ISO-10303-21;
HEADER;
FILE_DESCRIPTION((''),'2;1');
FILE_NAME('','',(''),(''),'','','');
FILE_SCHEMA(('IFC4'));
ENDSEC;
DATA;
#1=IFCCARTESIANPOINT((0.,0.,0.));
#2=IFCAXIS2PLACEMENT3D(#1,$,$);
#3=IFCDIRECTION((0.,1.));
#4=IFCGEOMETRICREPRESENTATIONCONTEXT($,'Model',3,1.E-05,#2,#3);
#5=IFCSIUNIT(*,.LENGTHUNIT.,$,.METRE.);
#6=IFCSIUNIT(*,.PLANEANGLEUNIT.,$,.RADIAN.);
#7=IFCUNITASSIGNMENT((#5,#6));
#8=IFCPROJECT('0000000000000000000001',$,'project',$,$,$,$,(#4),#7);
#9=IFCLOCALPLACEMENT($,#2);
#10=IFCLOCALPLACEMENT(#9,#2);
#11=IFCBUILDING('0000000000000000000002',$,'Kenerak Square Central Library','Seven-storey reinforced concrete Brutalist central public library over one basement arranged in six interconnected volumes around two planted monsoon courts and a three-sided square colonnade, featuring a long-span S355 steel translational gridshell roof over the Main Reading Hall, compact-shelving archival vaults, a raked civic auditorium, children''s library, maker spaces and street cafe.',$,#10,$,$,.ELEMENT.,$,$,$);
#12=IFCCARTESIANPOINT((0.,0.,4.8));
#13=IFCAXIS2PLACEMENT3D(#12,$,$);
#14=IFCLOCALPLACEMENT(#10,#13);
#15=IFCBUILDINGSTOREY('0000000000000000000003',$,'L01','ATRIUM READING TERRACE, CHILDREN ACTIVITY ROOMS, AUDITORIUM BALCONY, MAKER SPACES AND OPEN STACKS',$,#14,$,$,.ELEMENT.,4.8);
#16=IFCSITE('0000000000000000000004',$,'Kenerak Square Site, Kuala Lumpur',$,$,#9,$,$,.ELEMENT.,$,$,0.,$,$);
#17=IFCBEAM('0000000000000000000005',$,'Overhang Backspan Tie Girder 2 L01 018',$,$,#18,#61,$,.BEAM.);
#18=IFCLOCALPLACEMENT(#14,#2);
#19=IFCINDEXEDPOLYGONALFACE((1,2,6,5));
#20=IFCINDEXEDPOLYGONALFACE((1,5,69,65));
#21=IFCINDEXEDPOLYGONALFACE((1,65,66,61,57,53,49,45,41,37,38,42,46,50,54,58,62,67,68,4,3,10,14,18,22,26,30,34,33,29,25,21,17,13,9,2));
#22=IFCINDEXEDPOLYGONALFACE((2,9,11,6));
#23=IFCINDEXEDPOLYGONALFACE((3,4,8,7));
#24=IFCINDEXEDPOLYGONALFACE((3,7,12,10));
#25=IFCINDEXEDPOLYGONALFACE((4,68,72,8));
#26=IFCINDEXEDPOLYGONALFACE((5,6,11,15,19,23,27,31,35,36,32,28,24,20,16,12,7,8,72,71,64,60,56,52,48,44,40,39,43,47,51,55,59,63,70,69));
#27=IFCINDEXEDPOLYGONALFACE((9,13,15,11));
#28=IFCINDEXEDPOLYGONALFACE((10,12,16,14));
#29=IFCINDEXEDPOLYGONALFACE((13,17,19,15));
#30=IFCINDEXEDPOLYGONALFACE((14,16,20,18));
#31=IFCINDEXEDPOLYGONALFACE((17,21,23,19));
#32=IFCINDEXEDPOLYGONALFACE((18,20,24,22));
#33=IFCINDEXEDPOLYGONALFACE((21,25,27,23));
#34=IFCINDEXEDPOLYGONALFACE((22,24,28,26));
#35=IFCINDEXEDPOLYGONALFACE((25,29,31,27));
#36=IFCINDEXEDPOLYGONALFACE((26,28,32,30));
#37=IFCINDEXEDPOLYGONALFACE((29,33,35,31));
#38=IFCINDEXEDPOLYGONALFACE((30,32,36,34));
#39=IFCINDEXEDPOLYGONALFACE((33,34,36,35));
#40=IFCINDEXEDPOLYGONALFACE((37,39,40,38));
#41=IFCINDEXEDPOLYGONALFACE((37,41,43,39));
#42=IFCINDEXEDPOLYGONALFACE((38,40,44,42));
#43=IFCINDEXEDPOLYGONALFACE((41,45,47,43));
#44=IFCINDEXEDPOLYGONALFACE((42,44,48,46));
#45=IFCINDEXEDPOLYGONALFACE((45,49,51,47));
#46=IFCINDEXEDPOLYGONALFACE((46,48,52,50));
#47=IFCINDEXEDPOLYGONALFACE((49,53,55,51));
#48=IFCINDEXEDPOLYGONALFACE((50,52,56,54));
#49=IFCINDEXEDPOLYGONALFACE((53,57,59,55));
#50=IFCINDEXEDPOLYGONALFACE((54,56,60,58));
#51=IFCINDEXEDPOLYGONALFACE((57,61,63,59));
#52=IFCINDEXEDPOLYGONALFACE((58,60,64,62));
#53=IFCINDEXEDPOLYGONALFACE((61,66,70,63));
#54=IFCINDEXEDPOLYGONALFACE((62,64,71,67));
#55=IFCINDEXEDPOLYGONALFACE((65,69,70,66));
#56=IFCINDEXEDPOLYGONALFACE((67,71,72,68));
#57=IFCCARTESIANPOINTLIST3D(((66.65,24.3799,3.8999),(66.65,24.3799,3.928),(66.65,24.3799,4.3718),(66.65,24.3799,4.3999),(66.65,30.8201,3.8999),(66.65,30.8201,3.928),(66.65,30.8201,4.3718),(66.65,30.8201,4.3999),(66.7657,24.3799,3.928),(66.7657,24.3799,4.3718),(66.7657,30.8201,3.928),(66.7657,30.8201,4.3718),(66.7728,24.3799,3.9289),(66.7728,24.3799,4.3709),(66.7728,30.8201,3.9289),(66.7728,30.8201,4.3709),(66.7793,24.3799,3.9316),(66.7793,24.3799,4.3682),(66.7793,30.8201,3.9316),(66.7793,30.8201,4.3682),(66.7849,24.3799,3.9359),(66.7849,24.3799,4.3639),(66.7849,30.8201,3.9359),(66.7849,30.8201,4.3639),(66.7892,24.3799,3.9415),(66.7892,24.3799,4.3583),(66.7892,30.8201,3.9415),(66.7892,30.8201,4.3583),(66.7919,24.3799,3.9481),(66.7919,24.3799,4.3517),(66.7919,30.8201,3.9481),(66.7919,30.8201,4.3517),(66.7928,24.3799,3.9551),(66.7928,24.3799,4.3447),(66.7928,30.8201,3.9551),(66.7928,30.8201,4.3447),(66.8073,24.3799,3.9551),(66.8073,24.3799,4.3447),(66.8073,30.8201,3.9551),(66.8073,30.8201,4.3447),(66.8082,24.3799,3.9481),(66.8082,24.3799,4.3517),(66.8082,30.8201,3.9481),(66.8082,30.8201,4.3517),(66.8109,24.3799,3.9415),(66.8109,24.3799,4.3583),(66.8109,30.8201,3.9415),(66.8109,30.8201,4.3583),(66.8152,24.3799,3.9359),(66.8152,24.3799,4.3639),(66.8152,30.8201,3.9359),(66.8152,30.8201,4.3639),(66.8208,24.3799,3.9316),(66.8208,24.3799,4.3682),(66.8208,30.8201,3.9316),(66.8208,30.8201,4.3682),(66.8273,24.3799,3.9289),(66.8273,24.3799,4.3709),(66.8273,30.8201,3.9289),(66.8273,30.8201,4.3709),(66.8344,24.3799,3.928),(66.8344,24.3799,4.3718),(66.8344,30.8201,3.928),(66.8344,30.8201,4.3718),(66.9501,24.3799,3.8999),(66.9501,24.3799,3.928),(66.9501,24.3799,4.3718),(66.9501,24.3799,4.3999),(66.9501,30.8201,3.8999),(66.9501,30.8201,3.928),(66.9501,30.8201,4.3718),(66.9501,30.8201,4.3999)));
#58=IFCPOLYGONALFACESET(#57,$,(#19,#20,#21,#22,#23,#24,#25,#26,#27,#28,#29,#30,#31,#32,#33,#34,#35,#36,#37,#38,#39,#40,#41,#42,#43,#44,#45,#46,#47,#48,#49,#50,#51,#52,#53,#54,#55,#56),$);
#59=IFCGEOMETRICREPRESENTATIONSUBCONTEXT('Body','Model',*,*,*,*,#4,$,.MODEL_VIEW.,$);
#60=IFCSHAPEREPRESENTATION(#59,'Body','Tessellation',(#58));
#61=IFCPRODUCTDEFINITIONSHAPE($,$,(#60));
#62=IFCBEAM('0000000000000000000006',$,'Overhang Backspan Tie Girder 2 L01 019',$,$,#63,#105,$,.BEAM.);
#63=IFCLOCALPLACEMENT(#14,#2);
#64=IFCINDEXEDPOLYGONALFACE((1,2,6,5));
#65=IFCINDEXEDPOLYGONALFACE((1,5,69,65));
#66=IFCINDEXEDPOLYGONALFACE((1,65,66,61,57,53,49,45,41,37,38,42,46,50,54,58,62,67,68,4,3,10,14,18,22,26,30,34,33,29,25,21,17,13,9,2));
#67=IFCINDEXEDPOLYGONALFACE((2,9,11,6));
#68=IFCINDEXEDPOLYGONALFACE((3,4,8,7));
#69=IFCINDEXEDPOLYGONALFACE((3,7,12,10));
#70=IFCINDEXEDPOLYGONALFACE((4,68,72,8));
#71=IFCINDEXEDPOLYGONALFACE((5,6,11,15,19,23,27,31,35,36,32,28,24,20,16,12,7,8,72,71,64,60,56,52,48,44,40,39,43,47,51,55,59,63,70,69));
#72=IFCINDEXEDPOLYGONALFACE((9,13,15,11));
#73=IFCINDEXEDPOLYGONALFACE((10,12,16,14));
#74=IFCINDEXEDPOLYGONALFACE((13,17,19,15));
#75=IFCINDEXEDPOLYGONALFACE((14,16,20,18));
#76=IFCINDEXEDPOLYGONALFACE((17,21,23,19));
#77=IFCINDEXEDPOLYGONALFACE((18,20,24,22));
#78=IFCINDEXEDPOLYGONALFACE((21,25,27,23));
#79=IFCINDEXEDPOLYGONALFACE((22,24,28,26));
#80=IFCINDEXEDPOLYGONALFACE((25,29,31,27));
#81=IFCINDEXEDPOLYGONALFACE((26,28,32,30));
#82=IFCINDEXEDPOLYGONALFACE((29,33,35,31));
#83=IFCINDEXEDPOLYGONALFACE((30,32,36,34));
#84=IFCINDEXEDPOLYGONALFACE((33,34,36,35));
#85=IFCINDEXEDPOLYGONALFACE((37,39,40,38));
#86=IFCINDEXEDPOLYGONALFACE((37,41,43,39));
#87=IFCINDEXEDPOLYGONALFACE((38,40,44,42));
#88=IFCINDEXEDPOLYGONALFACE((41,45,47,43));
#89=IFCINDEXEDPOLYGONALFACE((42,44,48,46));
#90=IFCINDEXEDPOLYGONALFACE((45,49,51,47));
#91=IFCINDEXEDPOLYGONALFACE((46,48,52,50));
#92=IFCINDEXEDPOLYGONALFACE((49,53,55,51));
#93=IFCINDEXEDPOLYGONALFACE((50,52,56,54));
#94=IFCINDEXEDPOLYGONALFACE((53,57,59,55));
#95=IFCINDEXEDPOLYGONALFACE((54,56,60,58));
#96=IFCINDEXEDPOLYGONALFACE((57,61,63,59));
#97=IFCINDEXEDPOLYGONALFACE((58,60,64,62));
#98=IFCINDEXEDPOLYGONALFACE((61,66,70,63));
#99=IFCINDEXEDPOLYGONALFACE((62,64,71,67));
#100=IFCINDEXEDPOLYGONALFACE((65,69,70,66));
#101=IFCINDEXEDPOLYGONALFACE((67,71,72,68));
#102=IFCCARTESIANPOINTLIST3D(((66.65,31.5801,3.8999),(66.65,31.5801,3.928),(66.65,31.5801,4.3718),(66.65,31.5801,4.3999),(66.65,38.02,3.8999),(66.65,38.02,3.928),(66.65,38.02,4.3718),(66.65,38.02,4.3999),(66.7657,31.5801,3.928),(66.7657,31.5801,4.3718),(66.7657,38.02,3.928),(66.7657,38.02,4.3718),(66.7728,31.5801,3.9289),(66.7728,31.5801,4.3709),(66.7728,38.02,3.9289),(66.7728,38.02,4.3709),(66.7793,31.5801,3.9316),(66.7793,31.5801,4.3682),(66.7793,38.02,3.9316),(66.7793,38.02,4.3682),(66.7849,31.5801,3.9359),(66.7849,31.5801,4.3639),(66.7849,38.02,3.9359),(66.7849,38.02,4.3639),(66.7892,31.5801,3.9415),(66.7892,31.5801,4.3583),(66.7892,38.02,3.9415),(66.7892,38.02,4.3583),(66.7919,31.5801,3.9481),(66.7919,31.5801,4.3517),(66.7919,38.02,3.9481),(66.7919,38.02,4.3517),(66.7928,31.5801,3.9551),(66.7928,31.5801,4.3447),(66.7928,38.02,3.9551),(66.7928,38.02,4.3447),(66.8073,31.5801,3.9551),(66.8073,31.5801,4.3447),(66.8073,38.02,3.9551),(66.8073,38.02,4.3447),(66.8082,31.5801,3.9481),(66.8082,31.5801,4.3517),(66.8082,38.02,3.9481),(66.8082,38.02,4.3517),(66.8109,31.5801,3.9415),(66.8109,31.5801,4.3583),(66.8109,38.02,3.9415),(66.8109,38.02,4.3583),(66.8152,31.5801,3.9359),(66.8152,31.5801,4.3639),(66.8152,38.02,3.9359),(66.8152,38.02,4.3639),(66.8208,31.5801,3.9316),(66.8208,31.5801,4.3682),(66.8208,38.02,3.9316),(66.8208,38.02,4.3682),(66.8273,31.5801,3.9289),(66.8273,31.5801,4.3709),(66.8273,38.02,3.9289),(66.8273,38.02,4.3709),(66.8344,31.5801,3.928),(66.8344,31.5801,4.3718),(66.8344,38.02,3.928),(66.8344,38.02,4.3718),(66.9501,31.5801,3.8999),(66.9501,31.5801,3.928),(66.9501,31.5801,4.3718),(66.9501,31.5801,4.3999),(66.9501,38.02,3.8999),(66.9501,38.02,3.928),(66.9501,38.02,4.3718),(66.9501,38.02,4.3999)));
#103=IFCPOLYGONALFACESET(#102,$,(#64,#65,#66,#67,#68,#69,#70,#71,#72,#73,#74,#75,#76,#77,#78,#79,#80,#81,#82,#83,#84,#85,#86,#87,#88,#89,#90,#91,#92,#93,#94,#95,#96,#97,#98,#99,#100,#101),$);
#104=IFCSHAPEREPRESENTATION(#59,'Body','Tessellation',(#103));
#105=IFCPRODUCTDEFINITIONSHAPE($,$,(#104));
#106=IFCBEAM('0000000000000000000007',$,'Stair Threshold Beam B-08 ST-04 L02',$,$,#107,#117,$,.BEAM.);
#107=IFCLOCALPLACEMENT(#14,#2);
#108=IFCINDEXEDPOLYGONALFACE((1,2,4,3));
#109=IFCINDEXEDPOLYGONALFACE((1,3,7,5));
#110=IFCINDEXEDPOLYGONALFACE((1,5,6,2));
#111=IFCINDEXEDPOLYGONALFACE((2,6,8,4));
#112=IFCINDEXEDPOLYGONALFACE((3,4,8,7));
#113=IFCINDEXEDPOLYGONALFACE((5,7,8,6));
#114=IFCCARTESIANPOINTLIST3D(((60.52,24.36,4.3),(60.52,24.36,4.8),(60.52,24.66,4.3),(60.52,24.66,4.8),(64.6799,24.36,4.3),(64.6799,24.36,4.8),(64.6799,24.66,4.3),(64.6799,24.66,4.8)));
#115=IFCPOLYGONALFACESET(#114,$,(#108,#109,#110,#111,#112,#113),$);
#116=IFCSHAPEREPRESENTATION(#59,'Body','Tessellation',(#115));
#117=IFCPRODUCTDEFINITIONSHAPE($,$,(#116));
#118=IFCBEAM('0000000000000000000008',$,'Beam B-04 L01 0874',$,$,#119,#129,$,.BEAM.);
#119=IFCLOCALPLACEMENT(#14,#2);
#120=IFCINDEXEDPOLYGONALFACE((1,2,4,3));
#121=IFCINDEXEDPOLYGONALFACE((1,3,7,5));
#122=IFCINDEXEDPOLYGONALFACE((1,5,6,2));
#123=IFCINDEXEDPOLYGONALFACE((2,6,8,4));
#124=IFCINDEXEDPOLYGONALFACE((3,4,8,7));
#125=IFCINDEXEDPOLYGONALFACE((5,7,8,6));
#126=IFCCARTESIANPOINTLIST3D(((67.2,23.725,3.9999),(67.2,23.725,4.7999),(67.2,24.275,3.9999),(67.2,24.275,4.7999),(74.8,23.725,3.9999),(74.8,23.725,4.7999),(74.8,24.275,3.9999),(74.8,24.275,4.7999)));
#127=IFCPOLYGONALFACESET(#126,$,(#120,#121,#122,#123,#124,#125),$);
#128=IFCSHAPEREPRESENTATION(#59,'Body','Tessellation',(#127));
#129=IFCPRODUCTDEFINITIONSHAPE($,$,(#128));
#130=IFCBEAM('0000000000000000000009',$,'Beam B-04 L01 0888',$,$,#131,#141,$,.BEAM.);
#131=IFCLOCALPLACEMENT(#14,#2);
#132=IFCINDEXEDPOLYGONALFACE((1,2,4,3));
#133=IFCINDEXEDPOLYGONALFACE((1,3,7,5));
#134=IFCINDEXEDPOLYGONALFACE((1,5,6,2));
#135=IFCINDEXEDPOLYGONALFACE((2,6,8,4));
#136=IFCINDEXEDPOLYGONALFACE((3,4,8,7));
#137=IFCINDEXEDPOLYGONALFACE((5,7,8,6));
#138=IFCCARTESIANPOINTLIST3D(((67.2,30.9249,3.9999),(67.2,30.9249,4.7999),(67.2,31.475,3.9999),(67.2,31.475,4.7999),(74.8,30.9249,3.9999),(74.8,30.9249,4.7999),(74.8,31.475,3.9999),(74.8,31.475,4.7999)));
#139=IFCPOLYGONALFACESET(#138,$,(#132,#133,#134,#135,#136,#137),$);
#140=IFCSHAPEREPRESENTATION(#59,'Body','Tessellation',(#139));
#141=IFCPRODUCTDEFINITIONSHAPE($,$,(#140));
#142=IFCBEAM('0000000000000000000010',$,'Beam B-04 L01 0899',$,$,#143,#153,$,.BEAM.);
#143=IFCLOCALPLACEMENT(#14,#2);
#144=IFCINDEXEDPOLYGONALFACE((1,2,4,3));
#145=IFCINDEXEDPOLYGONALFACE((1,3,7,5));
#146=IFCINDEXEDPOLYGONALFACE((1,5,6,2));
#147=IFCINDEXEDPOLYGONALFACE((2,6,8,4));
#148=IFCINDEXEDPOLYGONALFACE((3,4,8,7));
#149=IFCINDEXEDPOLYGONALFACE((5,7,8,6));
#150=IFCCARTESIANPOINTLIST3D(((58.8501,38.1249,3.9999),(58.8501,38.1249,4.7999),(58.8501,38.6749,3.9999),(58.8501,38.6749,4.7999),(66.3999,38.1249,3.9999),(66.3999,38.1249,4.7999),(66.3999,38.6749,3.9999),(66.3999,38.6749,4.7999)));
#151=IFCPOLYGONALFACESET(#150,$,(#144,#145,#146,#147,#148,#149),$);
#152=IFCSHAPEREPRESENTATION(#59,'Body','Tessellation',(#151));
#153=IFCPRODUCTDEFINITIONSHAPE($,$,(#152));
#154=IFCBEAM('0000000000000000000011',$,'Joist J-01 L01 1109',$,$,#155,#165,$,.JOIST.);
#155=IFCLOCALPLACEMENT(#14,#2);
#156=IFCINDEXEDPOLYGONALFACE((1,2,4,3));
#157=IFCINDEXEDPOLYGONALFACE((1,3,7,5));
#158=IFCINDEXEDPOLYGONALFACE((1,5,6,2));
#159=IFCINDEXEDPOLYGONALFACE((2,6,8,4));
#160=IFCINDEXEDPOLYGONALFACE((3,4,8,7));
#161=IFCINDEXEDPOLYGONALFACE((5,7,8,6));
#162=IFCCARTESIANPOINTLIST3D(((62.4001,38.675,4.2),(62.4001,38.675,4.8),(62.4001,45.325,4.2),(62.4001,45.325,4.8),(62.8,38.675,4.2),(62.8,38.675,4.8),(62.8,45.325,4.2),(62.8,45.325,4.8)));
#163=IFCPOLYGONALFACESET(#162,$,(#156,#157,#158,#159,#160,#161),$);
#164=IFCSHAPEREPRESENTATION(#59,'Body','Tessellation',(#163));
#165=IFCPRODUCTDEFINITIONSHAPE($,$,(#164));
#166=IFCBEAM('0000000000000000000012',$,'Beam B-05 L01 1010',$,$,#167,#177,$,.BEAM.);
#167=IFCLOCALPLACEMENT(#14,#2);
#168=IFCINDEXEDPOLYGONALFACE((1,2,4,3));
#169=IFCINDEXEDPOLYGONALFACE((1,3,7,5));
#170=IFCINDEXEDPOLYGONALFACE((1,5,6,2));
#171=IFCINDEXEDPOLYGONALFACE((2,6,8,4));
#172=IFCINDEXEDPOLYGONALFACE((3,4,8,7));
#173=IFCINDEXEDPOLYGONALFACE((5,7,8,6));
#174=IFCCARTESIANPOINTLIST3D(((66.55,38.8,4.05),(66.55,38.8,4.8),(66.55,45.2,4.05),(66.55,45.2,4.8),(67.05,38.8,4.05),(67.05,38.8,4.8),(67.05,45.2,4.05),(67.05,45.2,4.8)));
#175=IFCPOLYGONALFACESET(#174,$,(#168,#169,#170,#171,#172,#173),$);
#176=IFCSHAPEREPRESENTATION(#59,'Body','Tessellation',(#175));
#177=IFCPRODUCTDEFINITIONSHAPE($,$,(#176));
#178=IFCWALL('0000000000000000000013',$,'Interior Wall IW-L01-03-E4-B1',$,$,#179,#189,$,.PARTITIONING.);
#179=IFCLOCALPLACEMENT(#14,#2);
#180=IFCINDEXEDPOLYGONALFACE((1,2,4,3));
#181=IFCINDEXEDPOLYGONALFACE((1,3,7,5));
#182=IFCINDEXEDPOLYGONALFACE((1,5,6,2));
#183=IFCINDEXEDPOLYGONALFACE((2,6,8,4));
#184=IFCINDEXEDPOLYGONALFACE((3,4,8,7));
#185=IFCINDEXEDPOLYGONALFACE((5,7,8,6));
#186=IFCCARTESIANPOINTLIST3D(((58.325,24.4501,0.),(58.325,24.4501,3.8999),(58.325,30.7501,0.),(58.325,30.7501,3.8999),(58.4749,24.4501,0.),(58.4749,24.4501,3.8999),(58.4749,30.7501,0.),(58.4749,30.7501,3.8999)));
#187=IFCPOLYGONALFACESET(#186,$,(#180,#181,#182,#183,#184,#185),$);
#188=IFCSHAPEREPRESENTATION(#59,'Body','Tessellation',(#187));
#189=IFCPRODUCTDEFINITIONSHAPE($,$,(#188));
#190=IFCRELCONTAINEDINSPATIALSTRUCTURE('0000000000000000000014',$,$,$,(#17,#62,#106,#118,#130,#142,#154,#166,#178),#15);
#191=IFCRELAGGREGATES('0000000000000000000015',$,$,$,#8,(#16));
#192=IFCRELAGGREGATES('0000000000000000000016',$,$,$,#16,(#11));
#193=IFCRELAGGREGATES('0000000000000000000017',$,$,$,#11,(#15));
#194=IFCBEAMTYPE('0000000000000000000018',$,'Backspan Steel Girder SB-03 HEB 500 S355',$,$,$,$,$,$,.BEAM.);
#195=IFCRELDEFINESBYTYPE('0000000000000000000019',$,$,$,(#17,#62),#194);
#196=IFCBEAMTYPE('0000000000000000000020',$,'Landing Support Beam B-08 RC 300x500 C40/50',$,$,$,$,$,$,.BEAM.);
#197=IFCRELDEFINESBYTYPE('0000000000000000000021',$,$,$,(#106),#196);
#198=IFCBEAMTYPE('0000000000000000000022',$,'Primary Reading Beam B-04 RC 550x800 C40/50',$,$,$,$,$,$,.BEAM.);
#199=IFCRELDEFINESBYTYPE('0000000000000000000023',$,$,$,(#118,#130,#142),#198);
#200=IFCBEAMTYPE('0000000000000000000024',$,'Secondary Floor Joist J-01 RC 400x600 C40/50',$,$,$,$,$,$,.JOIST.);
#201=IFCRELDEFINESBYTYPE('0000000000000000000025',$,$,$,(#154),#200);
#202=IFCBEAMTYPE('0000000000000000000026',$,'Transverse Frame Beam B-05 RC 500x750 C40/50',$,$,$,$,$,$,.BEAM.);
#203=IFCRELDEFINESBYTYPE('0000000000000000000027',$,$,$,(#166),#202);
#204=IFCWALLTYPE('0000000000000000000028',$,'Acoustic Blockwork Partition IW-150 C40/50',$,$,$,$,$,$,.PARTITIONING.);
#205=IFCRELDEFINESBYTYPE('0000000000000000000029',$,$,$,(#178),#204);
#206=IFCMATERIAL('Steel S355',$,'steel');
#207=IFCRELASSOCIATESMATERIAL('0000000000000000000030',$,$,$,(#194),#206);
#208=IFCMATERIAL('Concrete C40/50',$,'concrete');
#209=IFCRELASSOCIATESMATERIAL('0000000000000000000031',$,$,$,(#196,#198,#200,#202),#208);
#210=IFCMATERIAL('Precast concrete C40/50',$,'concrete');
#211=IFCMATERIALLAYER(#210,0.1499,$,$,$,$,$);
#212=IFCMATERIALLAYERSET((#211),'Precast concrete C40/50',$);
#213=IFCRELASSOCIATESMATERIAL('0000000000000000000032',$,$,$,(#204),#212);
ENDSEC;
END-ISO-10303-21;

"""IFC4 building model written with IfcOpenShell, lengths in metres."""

from ifc_helpers import new_model, si_unit, direction, frame, frame_2d, origin, origin_2d, place, context, subcontext, project, spatial, rectangle, i_section, extrude, material, layer, layer_set, material_profile, profile_set, type_object, element, save


model = new_model("IFC4")

# Units and contexts
model_context = context("Model", 3, precision=1e-05, world=origin(), true_north=direction((0.0, 1.0)))
body_context = subcontext(model_context, "Body", "Model", "MODEL_VIEW")
ifc_project = project(units=[si_unit("LENGTHUNIT", "METRE"), si_unit("PLANEANGLEUNIT", "RADIAN")], contexts=[model_context])

# Site, building, storey
site_placement = place(None, origin())
site = spatial("IfcSite", under=ifc_project, at=site_placement, Name="Kenerak Square Site, Kuala Lumpur", CompositionType="ELEMENT", RefElevation=0.0)
building_placement = place(site_placement, origin())
building = spatial("IfcBuilding", under=site, at=building_placement, Name="Kenerak Square Central Library", Description="Seven-storey reinforced concrete Brutalist central public library over one basement arranged in six interconnected volumes around two planted monsoon courts and a three-sided square colonnade, featuring a long-span S355 steel translational gridshell roof over the Main Reading Hall, compact-shelving archival vaults, a raked civic auditorium, children's library, maker spaces and street cafe.", CompositionType="ELEMENT")
storey_placement = place(building_placement, frame((0.0, 0.0, 4.8)))
storey = spatial("IfcBuildingStorey", under=building, at=storey_placement, Name="L01", Description="ATRIUM READING TERRACE, CHILDREN ACTIVITY ROOMS, AUDITORIUM BALCONY, MAKER SPACES AND OPEN STACKS", CompositionType="ELEMENT", Elevation=4.8)

# Beams
ifc_material_1 = material(Name="Steel S355", Category="steel")
ifc_material_profile_1 = material_profile(ifc_material_1, i_section(OverallWidth=0.3, OverallDepth=0.5, WebThickness=0.0144, FlangeThickness=0.0281, FilletRadius=0.0271, at=origin_2d()), Name="HEB 500")
ifc_profile_set_1 = profile_set([ifc_material_profile_1], Name="Steel S355")
beam_type_1 = type_object("IfcBeamType", Name="Backspan Steel Girder SB-03 HEB 500 S355", PredefinedType="BEAM", material=ifc_profile_set_1)
beam_1_placement = place(storey_placement, frame((66.8, 24.3799, 4.1499), z_axis=(0.0, 1.0, 0.0), x_axis=(-1.0, 0.0, 0.0)))
element("IfcBeam", 1, at=beam_1_placement, inside=storey, type_object=beam_type_1, Name="Overhang Backspan Tie Girder 2 L01 018", PredefinedType="BEAM", context=body_context, shape_type="SweptSolid", body=[
    extrude(i_section(OverallWidth=0.3, OverallDepth=0.5, WebThickness=0.0144, FlangeThickness=0.0281, FilletRadius=0.0271, at=origin_2d()), origin(), (0.0, 0.0, 1.0), 6.4402),
])
beam_2_placement = place(storey_placement, frame((66.8, 31.5801, 4.1499), z_axis=(0.0, 1.0, 0.0), x_axis=(-1.0, 0.0, 0.0)))
element("IfcBeam", 2, at=beam_2_placement, inside=storey, type_object=beam_type_1, Name="Overhang Backspan Tie Girder 2 L01 019", PredefinedType="BEAM", context=body_context, shape_type="SweptSolid", body=[
    extrude(i_section(OverallWidth=0.3, OverallDepth=0.5, WebThickness=0.0144, FlangeThickness=0.0281, FilletRadius=0.0271, at=origin_2d()), origin(), (0.0, 0.0, 1.0), 6.4399),
])
ifc_material_2 = material(Name="Concrete C40/50", Category="concrete")
ifc_material_profile_2 = material_profile(ifc_material_2, rectangle(XDim=0.3, YDim=0.5, at=origin_2d()), Name="RC 300x500")
ifc_profile_set_2 = profile_set([ifc_material_profile_2], Name="Concrete C40/50")
beam_type_2 = type_object("IfcBeamType", Name="Landing Support Beam B-08 RC 300x500 C40/50", PredefinedType="BEAM", material=ifc_profile_set_2)
beam_3_placement = place(storey_placement, frame((60.52, 24.51, 4.55), z_axis=(1.0, 0.0, 0.0), x_axis=(0.0, 1.0, 0.0)))
element("IfcBeam", 3, at=beam_3_placement, inside=storey, type_object=beam_type_2, Name="Stair Threshold Beam B-08 ST-04 L02", PredefinedType="BEAM", context=body_context, shape_type="SweptSolid", body=[
    extrude(rectangle(XDim=0.3, YDim=0.5, at=origin_2d()), origin(), (0.0, 0.0, 1.0), 4.1599),
])
ifc_material_profile_3 = material_profile(ifc_material_2, rectangle(XDim=0.55, YDim=0.8, at=origin_2d()), Name="RC 550x800")
ifc_profile_set_3 = profile_set([ifc_material_profile_3], Name="Concrete C40/50")
beam_type_3 = type_object("IfcBeamType", Name="Primary Reading Beam B-04 RC 550x800 C40/50", PredefinedType="BEAM", material=ifc_profile_set_3)
for number, where, z_axis, x_axis, name in (
    (4, (67.2, 24.0, 4.3999), (1.0, 0.0, 0.0), (0.0, 1.0, 0.0), "Beam B-04 L01 0874"),
    (5, (67.2, 31.2, 4.3999), (1.0, 0.0, 0.0), (0.0, 1.0, 0.0), "Beam B-04 L01 0888"),
):
    element("IfcBeam", number, at=place(storey_placement, frame(where, z_axis=z_axis, x_axis=x_axis)), inside=storey, type_object=beam_type_3, Name=name, PredefinedType="BEAM", context=body_context, shape_type="SweptSolid", body=[
        extrude(rectangle(XDim=0.55, YDim=0.8, at=origin_2d()), origin(), (0.0, 0.0, 1.0), 7.6001),
    ])
beam_4_placement = place(storey_placement, frame((58.8501, 38.3999, 4.3999), z_axis=(1.0, 0.0, 0.0), x_axis=(0.0, 1.0, 0.0)))
element("IfcBeam", 6, at=beam_4_placement, inside=storey, type_object=beam_type_3, Name="Beam B-04 L01 0899", PredefinedType="BEAM", context=body_context, shape_type="SweptSolid", body=[
    extrude(rectangle(XDim=0.55, YDim=0.8, at=origin_2d()), origin(), (0.0, 0.0, 1.0), 7.5498),
])
ifc_material_profile_4 = material_profile(ifc_material_2, rectangle(XDim=0.3999, YDim=0.6001, at=origin_2d()), Name="RC 400x600")
ifc_profile_set_4 = profile_set([ifc_material_profile_4], Name="Concrete C40/50")
beam_type_4 = type_object("IfcBeamType", Name="Secondary Floor Joist J-01 RC 400x600 C40/50", PredefinedType="JOIST", material=ifc_profile_set_4)
beam_5_placement = place(storey_placement, frame((62.6001, 38.675, 4.5), z_axis=(0.0, 1.0, 0.0), x_axis=(-1.0, 0.0, 0.0)))
element("IfcBeam", 7, at=beam_5_placement, inside=storey, type_object=beam_type_4, Name="Joist J-01 L01 1109", PredefinedType="JOIST", context=body_context, shape_type="SweptSolid", body=[
    extrude(rectangle(XDim=0.3999, YDim=0.6001, at=origin_2d()), origin(), (0.0, 0.0, 1.0), 6.6499),
])
ifc_material_profile_5 = material_profile(ifc_material_2, rectangle(XDim=0.5, YDim=0.75, at=origin_2d()), Name="RC 500x750")
ifc_profile_set_5 = profile_set([ifc_material_profile_5], Name="Concrete C40/50")
beam_type_5 = type_object("IfcBeamType", Name="Transverse Frame Beam B-05 RC 500x750 C40/50", PredefinedType="BEAM", material=ifc_profile_set_5)
beam_6_placement = place(storey_placement, frame((66.8, 38.8, 4.425), z_axis=(0.0, 1.0, 0.0), x_axis=(-1.0, 0.0, 0.0)))
element("IfcBeam", 8, at=beam_6_placement, inside=storey, type_object=beam_type_5, Name="Beam B-05 L01 1010", PredefinedType="BEAM", context=body_context, shape_type="SweptSolid", body=[
    extrude(rectangle(XDim=0.5, YDim=0.75, at=origin_2d()), origin(), (0.0, 0.0, 1.0), 6.3999),
])

# Wall
ifc_material_3 = material(Name="Precast concrete C40/50", Category="concrete")
ifc_layer_1 = layer(ifc_material_3, 0.1499)
ifc_layer_set_1 = layer_set([ifc_layer_1], Name="Precast concrete C40/50")
wall_type_1 = type_object("IfcWallType", Name="Acoustic Blockwork Partition IW-150 C40/50", PredefinedType="PARTITIONING", material=ifc_layer_set_1)
wall_1_placement = place(storey_placement, frame((58.3999, 30.75, 0.0), z_axis=(0.0, 0.0, 1.0), x_axis=(0.0, -1.0, 0.0)))
element("IfcWall", 9, at=wall_1_placement, inside=storey, type_object=wall_type_1, Name="Interior Wall IW-L01-03-E4-B1", PredefinedType="PARTITIONING", context=body_context, shape_type="SweptSolid", body=[
    extrude(rectangle(XDim=6.3, YDim=0.1499, at=frame_2d((3.1499, 0.0))), origin(), (0.0, 0.0, 1.0), 3.8999),
])

save(model, "model.ifc")
